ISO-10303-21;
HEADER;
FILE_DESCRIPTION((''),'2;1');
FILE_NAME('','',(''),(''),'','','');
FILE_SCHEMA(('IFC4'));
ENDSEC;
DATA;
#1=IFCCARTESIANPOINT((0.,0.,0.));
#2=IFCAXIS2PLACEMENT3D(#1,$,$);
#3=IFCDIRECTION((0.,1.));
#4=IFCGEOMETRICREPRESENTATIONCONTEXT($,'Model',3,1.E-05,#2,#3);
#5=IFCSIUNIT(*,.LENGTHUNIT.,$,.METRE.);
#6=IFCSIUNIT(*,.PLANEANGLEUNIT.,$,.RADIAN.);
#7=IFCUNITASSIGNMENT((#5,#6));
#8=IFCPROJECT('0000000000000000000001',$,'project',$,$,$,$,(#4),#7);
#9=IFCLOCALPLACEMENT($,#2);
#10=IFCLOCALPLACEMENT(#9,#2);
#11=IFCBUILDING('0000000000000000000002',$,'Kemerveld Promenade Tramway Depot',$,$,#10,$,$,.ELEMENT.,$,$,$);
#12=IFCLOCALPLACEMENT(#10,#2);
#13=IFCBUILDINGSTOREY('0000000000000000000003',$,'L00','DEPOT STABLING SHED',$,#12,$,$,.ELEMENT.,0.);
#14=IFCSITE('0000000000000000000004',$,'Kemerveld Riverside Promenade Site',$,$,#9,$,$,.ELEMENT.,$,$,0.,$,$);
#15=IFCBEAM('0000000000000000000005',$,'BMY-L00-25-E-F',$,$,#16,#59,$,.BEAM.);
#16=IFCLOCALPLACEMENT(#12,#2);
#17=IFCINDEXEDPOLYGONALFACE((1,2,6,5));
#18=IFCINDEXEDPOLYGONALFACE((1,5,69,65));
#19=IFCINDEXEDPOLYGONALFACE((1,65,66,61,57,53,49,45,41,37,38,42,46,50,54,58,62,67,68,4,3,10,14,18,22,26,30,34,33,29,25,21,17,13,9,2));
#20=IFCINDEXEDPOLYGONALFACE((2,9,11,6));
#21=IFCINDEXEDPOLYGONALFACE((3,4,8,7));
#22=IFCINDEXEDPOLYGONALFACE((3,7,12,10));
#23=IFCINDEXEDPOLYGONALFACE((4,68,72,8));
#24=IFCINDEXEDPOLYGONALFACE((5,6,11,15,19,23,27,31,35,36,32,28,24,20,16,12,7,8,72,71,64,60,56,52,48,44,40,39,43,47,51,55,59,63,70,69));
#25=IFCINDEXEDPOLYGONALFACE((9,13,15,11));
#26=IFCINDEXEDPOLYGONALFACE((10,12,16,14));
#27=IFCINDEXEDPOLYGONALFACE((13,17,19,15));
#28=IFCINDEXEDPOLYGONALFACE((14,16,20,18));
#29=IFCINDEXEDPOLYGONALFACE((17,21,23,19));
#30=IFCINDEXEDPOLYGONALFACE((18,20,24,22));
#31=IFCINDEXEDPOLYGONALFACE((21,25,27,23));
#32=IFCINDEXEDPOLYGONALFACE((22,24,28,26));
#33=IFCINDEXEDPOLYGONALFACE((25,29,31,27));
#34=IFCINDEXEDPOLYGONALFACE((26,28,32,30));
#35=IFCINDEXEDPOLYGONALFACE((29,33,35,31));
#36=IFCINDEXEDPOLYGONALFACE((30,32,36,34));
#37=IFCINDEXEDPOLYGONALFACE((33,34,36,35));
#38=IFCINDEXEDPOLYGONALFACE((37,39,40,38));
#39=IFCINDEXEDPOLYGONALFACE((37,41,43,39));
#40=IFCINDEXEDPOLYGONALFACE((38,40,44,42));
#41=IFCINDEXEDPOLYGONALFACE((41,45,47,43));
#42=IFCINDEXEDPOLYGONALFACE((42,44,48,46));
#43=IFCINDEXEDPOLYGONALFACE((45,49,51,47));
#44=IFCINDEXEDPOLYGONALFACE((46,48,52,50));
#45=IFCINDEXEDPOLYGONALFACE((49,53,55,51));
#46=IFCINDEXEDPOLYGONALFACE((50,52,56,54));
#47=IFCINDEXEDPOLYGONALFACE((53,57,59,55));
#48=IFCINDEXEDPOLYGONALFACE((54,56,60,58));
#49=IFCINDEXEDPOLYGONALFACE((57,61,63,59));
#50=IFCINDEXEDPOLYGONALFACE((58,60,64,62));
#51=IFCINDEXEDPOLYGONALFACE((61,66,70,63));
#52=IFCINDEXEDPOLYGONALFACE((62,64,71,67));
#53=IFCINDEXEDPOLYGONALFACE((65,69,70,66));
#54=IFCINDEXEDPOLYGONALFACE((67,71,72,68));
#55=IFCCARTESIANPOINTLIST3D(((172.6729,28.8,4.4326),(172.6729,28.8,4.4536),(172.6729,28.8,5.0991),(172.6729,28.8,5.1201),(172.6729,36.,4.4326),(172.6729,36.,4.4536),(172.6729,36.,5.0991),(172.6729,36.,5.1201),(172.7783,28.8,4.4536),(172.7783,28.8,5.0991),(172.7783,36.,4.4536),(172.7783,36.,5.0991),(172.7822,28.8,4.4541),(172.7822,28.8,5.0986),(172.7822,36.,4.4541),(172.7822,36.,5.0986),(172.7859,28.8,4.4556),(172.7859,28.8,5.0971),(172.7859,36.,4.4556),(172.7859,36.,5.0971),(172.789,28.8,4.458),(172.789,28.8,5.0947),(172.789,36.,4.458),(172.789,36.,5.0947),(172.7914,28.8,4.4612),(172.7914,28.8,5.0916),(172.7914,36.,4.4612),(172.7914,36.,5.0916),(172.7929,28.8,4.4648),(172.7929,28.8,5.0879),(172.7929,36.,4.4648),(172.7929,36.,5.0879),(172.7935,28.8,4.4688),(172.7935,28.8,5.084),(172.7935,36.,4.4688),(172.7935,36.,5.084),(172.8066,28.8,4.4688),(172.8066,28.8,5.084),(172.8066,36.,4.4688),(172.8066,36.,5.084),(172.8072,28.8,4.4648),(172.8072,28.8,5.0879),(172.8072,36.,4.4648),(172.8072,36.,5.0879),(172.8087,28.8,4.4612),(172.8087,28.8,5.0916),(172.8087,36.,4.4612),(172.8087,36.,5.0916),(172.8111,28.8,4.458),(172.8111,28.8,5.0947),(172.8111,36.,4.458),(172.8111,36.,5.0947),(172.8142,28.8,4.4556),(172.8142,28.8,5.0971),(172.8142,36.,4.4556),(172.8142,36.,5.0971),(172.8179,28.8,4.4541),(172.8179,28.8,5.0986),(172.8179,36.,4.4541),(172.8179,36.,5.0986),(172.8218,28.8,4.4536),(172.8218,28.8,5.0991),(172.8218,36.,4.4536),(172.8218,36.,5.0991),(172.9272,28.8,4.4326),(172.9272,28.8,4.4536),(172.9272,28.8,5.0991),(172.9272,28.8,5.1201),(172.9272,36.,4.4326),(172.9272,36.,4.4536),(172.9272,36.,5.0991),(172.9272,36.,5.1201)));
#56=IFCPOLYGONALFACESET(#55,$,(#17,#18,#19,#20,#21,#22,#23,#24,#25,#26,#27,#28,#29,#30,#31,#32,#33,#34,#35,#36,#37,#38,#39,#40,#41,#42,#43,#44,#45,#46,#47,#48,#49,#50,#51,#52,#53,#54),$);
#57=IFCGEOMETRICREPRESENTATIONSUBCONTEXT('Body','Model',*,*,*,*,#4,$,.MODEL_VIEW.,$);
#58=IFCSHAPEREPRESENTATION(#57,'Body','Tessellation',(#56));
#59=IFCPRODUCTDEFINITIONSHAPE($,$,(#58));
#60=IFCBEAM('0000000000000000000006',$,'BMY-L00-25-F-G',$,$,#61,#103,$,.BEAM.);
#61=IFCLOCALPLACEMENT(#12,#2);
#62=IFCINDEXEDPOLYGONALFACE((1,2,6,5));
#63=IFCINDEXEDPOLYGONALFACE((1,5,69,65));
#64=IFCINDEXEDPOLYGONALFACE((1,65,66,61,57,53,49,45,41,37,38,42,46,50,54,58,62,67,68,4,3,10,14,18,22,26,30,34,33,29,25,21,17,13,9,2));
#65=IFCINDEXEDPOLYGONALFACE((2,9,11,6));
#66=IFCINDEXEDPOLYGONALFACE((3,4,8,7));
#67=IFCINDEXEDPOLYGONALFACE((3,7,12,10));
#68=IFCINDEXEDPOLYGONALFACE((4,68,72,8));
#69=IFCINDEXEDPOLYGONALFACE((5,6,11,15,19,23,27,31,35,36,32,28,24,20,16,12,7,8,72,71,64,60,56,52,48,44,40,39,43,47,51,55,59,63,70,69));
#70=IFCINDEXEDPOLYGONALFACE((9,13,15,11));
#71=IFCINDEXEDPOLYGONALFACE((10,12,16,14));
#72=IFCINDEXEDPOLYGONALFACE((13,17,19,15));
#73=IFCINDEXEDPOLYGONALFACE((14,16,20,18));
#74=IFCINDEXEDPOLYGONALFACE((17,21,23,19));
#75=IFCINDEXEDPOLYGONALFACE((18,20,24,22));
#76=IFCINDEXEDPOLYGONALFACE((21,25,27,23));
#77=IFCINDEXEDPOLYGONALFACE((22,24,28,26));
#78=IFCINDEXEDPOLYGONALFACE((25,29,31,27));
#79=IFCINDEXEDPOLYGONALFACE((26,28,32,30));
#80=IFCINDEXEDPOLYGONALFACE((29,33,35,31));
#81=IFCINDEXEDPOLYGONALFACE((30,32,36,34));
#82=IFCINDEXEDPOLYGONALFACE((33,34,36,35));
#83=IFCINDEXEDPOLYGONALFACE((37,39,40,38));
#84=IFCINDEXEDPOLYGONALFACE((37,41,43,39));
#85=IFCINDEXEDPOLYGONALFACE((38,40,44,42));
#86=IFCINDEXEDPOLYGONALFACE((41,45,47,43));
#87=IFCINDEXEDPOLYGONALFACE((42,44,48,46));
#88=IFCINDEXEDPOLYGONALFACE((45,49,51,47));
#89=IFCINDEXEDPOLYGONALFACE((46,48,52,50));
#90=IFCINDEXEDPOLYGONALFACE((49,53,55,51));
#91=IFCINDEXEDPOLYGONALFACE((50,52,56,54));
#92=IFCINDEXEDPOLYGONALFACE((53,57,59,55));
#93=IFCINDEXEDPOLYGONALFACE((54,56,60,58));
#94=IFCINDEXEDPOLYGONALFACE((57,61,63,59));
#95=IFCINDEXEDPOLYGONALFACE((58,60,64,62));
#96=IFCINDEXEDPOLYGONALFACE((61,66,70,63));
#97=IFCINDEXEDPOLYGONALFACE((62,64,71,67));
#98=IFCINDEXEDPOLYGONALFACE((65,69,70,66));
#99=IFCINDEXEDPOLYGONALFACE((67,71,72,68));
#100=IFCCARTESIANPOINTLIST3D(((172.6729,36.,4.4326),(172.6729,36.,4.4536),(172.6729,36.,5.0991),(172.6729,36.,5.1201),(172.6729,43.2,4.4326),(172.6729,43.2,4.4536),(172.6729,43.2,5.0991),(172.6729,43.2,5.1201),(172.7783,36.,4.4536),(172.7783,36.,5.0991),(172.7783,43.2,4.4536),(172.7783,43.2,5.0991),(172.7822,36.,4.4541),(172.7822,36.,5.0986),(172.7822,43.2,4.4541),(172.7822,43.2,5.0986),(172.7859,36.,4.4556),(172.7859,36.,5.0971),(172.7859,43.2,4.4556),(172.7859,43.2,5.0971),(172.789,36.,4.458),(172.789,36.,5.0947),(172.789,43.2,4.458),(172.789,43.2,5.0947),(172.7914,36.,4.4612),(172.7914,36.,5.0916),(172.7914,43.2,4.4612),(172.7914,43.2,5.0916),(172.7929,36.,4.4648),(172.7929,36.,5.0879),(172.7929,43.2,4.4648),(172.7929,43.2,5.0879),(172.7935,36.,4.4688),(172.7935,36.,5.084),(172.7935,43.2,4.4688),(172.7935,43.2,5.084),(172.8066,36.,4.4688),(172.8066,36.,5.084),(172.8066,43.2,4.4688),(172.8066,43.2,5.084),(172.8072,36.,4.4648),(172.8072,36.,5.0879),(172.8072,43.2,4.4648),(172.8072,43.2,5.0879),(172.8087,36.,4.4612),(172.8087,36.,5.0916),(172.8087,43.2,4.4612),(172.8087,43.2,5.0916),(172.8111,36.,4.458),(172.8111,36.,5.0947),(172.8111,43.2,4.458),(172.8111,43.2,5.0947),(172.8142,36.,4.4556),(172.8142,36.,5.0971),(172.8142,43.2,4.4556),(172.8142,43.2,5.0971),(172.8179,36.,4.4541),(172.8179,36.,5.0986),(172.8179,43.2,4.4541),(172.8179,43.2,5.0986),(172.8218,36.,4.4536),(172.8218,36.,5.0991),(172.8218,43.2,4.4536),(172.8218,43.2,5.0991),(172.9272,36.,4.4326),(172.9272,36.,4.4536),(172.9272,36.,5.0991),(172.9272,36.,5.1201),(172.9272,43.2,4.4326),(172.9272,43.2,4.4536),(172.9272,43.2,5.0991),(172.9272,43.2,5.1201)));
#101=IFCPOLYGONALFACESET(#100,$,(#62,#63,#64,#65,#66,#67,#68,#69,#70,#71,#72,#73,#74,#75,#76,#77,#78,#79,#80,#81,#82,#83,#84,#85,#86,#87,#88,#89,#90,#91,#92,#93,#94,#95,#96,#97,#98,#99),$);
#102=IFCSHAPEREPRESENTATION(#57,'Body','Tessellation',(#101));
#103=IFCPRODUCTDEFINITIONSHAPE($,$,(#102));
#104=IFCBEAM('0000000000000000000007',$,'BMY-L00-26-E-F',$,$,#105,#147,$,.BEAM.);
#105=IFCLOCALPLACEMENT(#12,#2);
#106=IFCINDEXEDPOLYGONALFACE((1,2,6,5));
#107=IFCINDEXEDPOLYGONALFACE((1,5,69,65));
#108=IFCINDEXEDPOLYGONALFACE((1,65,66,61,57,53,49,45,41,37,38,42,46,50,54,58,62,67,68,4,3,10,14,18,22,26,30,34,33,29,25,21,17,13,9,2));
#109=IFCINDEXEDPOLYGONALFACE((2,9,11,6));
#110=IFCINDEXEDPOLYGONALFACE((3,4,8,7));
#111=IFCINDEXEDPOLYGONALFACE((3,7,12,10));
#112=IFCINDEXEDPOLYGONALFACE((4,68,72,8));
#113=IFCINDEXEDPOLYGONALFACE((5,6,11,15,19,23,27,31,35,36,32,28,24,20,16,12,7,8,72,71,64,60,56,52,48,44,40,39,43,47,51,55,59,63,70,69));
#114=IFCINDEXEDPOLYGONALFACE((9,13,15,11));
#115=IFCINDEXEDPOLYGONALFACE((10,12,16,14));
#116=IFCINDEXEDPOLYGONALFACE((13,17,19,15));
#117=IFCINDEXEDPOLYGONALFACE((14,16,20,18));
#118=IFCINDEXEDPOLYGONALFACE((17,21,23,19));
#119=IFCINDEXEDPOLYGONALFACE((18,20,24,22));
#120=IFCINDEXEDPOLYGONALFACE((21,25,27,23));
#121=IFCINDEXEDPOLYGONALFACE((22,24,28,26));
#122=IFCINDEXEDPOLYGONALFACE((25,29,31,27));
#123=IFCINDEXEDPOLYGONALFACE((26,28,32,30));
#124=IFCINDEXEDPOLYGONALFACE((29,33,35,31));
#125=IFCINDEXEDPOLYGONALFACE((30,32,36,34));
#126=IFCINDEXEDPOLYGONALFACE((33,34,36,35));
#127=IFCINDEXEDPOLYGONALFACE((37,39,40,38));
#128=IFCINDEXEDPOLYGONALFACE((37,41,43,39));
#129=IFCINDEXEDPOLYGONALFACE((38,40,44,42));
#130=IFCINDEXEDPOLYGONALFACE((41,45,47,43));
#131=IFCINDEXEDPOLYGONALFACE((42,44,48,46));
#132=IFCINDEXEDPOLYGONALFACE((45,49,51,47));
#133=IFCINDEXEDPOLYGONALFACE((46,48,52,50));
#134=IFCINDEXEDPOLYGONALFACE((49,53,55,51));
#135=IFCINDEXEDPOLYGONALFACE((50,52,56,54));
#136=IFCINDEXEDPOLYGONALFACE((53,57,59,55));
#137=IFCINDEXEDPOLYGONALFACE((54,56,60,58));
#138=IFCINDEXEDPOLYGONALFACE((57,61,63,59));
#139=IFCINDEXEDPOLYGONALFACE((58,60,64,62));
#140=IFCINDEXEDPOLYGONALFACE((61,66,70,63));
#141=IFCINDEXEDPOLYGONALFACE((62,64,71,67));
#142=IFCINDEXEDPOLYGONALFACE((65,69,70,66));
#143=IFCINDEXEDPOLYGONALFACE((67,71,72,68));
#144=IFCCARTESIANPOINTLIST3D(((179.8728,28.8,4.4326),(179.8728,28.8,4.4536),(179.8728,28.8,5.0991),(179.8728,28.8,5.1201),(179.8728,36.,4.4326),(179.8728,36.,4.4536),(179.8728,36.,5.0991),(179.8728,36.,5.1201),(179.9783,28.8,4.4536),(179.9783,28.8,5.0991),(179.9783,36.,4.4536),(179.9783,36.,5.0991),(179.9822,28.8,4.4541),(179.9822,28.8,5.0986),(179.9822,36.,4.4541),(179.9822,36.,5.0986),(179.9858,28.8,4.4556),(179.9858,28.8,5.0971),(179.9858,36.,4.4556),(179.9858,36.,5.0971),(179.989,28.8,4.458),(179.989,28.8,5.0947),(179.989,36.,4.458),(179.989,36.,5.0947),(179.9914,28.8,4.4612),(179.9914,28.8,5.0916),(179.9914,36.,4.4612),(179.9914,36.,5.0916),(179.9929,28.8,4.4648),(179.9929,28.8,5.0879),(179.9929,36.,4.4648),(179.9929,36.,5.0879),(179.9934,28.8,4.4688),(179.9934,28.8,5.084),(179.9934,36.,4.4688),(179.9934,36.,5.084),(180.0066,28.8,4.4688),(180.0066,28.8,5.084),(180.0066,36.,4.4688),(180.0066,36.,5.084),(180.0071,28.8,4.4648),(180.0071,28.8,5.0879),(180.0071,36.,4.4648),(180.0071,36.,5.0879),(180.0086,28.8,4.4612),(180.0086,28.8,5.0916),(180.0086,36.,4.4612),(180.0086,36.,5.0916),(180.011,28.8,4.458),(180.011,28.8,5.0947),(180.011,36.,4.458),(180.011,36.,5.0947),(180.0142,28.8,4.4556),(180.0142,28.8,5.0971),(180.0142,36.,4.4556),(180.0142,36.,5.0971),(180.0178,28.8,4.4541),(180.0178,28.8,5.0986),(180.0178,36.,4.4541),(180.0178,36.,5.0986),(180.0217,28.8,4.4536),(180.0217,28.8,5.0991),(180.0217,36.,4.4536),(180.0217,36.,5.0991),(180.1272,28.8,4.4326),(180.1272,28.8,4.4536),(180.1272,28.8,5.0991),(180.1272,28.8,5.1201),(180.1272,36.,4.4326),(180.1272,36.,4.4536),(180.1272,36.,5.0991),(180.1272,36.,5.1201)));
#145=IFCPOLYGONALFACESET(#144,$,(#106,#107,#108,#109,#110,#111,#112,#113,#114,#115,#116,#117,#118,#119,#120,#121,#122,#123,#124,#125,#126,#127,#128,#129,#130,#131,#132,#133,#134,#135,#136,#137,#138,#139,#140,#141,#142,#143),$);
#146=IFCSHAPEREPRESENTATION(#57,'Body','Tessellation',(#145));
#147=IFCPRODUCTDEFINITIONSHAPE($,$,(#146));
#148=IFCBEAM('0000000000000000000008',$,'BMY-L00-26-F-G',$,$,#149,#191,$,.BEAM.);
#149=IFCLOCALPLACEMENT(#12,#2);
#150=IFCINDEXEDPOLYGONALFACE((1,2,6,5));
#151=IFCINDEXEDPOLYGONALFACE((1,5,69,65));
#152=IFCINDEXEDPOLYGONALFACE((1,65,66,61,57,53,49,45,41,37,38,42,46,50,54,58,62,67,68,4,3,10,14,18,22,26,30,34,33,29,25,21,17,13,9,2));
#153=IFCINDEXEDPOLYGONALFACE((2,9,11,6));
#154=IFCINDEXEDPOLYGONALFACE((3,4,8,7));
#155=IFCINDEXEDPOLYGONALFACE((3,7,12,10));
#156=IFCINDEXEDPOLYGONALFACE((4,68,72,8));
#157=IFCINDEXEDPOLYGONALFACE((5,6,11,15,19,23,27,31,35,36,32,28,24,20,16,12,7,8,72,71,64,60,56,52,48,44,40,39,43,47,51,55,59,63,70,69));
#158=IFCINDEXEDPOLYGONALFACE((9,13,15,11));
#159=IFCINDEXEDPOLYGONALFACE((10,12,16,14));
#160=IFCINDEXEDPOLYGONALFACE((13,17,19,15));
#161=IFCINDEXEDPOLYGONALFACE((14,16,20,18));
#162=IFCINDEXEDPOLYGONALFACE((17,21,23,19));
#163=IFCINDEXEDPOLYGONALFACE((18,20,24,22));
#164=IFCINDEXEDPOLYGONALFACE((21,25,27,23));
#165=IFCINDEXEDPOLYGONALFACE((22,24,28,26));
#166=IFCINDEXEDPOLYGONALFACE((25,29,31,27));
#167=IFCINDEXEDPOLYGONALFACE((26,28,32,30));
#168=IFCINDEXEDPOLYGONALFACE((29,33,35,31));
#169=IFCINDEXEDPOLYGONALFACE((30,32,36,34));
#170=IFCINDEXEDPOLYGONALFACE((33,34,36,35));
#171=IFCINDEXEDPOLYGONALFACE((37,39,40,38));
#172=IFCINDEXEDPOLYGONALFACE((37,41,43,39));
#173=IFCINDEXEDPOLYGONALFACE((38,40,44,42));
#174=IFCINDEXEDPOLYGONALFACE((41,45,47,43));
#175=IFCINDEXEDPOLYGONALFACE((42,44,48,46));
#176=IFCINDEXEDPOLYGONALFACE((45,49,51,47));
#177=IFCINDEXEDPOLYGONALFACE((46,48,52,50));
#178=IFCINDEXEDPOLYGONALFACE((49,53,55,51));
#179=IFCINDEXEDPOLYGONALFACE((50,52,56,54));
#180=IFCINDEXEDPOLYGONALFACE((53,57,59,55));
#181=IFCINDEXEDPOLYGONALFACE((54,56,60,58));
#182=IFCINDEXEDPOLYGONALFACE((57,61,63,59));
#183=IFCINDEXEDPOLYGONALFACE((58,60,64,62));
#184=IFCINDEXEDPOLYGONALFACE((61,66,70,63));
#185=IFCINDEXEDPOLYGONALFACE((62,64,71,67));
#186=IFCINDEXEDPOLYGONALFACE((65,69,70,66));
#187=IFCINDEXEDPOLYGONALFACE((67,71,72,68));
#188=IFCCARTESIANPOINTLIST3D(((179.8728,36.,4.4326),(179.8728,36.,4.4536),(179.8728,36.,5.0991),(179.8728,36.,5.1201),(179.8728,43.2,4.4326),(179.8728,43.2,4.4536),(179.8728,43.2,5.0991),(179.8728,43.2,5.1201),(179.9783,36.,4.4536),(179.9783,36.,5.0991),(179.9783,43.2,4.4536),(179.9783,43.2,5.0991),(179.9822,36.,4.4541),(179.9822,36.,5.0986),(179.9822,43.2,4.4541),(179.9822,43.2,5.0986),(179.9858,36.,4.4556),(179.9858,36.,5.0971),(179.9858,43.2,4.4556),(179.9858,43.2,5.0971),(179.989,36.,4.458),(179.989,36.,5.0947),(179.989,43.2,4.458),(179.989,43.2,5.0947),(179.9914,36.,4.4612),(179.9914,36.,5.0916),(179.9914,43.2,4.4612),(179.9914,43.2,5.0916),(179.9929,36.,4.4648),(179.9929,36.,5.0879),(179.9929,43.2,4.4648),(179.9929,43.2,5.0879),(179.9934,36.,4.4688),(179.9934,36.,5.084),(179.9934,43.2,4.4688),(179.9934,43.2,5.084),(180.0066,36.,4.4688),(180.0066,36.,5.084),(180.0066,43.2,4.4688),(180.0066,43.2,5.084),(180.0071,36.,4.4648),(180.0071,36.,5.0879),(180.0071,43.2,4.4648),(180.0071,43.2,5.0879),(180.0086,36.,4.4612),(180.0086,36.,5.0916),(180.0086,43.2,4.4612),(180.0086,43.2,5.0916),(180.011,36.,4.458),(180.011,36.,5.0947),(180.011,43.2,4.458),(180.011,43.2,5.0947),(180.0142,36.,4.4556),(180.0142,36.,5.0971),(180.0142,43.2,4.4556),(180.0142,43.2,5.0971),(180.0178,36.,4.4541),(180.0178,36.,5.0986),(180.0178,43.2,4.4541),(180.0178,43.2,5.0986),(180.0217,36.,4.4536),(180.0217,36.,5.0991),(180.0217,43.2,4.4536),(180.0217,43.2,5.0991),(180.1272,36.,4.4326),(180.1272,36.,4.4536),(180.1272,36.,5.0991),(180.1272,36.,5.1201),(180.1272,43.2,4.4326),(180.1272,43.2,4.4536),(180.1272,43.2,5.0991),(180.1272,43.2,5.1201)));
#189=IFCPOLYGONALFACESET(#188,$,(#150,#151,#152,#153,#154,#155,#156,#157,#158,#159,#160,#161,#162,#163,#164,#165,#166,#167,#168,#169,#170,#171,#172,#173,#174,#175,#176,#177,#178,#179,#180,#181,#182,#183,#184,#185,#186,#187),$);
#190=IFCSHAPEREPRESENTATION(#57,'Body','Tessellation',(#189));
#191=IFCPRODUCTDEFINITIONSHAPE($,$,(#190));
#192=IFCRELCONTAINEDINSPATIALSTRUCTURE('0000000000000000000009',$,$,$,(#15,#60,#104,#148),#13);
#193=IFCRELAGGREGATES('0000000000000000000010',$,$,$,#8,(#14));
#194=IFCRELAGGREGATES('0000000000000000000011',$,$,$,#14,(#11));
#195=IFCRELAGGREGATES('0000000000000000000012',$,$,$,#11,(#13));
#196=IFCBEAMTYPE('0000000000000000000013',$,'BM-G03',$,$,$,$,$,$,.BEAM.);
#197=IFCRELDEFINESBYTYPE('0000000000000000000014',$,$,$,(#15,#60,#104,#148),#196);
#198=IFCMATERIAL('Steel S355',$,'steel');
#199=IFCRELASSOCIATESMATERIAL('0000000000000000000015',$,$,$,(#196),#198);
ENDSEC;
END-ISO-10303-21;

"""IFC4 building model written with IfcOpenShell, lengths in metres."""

from ifc_helpers import new_model, si_unit, direction, frame, origin, origin_2d, place, context, subcontext, project, spatial, i_section, extrude, material, material_profile, profile_set, type_object, element, save


model = new_model("IFC4")

# Units and contexts
model_context = context("Model", 3, precision=1e-05, world=origin(), true_north=direction((0.0, 1.0)))
body_context = subcontext(model_context, "Body", "Model", "MODEL_VIEW")
ifc_project = project(units=[si_unit("LENGTHUNIT", "METRE"), si_unit("PLANEANGLEUNIT", "RADIAN")], contexts=[model_context])

# Site, building, storey
site_placement = place(None, origin())
site = spatial("IfcSite", under=ifc_project, at=site_placement, Name="Kemerveld Riverside Promenade Site", CompositionType="ELEMENT", RefElevation=0.0)
building_placement = place(site_placement, origin())
building = spatial("IfcBuilding", under=site, at=building_placement, Name="Kemerveld Promenade Tramway Depot", CompositionType="ELEMENT")
storey_placement = place(building_placement, origin())
storey = spatial("IfcBuildingStorey", under=building, at=storey_placement, Name="L00", Description="DEPOT STABLING SHED", CompositionType="ELEMENT", Elevation=0.0)

# Shared definitions
ifc_material_1 = material(Name="Steel S355", Category="steel")

# Beams
ifc_material_profile_1 = material_profile(ifc_material_1, i_section(OverallWidth=0.2544, OverallDepth=0.6875, WebThickness=0.0132, FlangeThickness=0.021, FilletRadius=0.0151, at=origin_2d()), Name="686x254x152 UB")
ifc_profile_set_1 = profile_set([ifc_material_profile_1], Name="Steel S355")
beam_type_1 = type_object("IfcBeamType", Name="BM-G03", PredefinedType="BEAM", material=ifc_profile_set_1)
for number, where, z_axis, x_axis, name in (
    (1, (172.8, 28.8, 4.7764), (0.0, 1.0, 0.0), (-1.0, 0.0, 0.0), "BMY-L00-25-E-F"),
    (2, (172.8, 36.0, 4.7764), (0.0, 1.0, 0.0), (-1.0, 0.0, 0.0), "BMY-L00-25-F-G"),
    (3, (180.0, 28.8, 4.7764), (0.0, 1.0, 0.0), (-1.0, 0.0, 0.0), "BMY-L00-26-E-F"),
    (4, (180.0, 36.0, 4.7764), (0.0, 1.0, 0.0), (-1.0, 0.0, 0.0), "BMY-L00-26-F-G"),
):
    element("IfcBeam", number, at=place(storey_placement, frame(where, z_axis=z_axis, x_axis=x_axis)), inside=storey, type_object=beam_type_1, Name=name, PredefinedType="BEAM", context=body_context, shape_type="SweptSolid", body=[
        extrude(i_section(OverallWidth=0.2544, OverallDepth=0.6875, WebThickness=0.0132, FlangeThickness=0.021, FilletRadius=0.0151, at=origin_2d()), origin(), (0.0, 0.0, 1.0), 7.2),
    ])

save(model, "model.ifc")
